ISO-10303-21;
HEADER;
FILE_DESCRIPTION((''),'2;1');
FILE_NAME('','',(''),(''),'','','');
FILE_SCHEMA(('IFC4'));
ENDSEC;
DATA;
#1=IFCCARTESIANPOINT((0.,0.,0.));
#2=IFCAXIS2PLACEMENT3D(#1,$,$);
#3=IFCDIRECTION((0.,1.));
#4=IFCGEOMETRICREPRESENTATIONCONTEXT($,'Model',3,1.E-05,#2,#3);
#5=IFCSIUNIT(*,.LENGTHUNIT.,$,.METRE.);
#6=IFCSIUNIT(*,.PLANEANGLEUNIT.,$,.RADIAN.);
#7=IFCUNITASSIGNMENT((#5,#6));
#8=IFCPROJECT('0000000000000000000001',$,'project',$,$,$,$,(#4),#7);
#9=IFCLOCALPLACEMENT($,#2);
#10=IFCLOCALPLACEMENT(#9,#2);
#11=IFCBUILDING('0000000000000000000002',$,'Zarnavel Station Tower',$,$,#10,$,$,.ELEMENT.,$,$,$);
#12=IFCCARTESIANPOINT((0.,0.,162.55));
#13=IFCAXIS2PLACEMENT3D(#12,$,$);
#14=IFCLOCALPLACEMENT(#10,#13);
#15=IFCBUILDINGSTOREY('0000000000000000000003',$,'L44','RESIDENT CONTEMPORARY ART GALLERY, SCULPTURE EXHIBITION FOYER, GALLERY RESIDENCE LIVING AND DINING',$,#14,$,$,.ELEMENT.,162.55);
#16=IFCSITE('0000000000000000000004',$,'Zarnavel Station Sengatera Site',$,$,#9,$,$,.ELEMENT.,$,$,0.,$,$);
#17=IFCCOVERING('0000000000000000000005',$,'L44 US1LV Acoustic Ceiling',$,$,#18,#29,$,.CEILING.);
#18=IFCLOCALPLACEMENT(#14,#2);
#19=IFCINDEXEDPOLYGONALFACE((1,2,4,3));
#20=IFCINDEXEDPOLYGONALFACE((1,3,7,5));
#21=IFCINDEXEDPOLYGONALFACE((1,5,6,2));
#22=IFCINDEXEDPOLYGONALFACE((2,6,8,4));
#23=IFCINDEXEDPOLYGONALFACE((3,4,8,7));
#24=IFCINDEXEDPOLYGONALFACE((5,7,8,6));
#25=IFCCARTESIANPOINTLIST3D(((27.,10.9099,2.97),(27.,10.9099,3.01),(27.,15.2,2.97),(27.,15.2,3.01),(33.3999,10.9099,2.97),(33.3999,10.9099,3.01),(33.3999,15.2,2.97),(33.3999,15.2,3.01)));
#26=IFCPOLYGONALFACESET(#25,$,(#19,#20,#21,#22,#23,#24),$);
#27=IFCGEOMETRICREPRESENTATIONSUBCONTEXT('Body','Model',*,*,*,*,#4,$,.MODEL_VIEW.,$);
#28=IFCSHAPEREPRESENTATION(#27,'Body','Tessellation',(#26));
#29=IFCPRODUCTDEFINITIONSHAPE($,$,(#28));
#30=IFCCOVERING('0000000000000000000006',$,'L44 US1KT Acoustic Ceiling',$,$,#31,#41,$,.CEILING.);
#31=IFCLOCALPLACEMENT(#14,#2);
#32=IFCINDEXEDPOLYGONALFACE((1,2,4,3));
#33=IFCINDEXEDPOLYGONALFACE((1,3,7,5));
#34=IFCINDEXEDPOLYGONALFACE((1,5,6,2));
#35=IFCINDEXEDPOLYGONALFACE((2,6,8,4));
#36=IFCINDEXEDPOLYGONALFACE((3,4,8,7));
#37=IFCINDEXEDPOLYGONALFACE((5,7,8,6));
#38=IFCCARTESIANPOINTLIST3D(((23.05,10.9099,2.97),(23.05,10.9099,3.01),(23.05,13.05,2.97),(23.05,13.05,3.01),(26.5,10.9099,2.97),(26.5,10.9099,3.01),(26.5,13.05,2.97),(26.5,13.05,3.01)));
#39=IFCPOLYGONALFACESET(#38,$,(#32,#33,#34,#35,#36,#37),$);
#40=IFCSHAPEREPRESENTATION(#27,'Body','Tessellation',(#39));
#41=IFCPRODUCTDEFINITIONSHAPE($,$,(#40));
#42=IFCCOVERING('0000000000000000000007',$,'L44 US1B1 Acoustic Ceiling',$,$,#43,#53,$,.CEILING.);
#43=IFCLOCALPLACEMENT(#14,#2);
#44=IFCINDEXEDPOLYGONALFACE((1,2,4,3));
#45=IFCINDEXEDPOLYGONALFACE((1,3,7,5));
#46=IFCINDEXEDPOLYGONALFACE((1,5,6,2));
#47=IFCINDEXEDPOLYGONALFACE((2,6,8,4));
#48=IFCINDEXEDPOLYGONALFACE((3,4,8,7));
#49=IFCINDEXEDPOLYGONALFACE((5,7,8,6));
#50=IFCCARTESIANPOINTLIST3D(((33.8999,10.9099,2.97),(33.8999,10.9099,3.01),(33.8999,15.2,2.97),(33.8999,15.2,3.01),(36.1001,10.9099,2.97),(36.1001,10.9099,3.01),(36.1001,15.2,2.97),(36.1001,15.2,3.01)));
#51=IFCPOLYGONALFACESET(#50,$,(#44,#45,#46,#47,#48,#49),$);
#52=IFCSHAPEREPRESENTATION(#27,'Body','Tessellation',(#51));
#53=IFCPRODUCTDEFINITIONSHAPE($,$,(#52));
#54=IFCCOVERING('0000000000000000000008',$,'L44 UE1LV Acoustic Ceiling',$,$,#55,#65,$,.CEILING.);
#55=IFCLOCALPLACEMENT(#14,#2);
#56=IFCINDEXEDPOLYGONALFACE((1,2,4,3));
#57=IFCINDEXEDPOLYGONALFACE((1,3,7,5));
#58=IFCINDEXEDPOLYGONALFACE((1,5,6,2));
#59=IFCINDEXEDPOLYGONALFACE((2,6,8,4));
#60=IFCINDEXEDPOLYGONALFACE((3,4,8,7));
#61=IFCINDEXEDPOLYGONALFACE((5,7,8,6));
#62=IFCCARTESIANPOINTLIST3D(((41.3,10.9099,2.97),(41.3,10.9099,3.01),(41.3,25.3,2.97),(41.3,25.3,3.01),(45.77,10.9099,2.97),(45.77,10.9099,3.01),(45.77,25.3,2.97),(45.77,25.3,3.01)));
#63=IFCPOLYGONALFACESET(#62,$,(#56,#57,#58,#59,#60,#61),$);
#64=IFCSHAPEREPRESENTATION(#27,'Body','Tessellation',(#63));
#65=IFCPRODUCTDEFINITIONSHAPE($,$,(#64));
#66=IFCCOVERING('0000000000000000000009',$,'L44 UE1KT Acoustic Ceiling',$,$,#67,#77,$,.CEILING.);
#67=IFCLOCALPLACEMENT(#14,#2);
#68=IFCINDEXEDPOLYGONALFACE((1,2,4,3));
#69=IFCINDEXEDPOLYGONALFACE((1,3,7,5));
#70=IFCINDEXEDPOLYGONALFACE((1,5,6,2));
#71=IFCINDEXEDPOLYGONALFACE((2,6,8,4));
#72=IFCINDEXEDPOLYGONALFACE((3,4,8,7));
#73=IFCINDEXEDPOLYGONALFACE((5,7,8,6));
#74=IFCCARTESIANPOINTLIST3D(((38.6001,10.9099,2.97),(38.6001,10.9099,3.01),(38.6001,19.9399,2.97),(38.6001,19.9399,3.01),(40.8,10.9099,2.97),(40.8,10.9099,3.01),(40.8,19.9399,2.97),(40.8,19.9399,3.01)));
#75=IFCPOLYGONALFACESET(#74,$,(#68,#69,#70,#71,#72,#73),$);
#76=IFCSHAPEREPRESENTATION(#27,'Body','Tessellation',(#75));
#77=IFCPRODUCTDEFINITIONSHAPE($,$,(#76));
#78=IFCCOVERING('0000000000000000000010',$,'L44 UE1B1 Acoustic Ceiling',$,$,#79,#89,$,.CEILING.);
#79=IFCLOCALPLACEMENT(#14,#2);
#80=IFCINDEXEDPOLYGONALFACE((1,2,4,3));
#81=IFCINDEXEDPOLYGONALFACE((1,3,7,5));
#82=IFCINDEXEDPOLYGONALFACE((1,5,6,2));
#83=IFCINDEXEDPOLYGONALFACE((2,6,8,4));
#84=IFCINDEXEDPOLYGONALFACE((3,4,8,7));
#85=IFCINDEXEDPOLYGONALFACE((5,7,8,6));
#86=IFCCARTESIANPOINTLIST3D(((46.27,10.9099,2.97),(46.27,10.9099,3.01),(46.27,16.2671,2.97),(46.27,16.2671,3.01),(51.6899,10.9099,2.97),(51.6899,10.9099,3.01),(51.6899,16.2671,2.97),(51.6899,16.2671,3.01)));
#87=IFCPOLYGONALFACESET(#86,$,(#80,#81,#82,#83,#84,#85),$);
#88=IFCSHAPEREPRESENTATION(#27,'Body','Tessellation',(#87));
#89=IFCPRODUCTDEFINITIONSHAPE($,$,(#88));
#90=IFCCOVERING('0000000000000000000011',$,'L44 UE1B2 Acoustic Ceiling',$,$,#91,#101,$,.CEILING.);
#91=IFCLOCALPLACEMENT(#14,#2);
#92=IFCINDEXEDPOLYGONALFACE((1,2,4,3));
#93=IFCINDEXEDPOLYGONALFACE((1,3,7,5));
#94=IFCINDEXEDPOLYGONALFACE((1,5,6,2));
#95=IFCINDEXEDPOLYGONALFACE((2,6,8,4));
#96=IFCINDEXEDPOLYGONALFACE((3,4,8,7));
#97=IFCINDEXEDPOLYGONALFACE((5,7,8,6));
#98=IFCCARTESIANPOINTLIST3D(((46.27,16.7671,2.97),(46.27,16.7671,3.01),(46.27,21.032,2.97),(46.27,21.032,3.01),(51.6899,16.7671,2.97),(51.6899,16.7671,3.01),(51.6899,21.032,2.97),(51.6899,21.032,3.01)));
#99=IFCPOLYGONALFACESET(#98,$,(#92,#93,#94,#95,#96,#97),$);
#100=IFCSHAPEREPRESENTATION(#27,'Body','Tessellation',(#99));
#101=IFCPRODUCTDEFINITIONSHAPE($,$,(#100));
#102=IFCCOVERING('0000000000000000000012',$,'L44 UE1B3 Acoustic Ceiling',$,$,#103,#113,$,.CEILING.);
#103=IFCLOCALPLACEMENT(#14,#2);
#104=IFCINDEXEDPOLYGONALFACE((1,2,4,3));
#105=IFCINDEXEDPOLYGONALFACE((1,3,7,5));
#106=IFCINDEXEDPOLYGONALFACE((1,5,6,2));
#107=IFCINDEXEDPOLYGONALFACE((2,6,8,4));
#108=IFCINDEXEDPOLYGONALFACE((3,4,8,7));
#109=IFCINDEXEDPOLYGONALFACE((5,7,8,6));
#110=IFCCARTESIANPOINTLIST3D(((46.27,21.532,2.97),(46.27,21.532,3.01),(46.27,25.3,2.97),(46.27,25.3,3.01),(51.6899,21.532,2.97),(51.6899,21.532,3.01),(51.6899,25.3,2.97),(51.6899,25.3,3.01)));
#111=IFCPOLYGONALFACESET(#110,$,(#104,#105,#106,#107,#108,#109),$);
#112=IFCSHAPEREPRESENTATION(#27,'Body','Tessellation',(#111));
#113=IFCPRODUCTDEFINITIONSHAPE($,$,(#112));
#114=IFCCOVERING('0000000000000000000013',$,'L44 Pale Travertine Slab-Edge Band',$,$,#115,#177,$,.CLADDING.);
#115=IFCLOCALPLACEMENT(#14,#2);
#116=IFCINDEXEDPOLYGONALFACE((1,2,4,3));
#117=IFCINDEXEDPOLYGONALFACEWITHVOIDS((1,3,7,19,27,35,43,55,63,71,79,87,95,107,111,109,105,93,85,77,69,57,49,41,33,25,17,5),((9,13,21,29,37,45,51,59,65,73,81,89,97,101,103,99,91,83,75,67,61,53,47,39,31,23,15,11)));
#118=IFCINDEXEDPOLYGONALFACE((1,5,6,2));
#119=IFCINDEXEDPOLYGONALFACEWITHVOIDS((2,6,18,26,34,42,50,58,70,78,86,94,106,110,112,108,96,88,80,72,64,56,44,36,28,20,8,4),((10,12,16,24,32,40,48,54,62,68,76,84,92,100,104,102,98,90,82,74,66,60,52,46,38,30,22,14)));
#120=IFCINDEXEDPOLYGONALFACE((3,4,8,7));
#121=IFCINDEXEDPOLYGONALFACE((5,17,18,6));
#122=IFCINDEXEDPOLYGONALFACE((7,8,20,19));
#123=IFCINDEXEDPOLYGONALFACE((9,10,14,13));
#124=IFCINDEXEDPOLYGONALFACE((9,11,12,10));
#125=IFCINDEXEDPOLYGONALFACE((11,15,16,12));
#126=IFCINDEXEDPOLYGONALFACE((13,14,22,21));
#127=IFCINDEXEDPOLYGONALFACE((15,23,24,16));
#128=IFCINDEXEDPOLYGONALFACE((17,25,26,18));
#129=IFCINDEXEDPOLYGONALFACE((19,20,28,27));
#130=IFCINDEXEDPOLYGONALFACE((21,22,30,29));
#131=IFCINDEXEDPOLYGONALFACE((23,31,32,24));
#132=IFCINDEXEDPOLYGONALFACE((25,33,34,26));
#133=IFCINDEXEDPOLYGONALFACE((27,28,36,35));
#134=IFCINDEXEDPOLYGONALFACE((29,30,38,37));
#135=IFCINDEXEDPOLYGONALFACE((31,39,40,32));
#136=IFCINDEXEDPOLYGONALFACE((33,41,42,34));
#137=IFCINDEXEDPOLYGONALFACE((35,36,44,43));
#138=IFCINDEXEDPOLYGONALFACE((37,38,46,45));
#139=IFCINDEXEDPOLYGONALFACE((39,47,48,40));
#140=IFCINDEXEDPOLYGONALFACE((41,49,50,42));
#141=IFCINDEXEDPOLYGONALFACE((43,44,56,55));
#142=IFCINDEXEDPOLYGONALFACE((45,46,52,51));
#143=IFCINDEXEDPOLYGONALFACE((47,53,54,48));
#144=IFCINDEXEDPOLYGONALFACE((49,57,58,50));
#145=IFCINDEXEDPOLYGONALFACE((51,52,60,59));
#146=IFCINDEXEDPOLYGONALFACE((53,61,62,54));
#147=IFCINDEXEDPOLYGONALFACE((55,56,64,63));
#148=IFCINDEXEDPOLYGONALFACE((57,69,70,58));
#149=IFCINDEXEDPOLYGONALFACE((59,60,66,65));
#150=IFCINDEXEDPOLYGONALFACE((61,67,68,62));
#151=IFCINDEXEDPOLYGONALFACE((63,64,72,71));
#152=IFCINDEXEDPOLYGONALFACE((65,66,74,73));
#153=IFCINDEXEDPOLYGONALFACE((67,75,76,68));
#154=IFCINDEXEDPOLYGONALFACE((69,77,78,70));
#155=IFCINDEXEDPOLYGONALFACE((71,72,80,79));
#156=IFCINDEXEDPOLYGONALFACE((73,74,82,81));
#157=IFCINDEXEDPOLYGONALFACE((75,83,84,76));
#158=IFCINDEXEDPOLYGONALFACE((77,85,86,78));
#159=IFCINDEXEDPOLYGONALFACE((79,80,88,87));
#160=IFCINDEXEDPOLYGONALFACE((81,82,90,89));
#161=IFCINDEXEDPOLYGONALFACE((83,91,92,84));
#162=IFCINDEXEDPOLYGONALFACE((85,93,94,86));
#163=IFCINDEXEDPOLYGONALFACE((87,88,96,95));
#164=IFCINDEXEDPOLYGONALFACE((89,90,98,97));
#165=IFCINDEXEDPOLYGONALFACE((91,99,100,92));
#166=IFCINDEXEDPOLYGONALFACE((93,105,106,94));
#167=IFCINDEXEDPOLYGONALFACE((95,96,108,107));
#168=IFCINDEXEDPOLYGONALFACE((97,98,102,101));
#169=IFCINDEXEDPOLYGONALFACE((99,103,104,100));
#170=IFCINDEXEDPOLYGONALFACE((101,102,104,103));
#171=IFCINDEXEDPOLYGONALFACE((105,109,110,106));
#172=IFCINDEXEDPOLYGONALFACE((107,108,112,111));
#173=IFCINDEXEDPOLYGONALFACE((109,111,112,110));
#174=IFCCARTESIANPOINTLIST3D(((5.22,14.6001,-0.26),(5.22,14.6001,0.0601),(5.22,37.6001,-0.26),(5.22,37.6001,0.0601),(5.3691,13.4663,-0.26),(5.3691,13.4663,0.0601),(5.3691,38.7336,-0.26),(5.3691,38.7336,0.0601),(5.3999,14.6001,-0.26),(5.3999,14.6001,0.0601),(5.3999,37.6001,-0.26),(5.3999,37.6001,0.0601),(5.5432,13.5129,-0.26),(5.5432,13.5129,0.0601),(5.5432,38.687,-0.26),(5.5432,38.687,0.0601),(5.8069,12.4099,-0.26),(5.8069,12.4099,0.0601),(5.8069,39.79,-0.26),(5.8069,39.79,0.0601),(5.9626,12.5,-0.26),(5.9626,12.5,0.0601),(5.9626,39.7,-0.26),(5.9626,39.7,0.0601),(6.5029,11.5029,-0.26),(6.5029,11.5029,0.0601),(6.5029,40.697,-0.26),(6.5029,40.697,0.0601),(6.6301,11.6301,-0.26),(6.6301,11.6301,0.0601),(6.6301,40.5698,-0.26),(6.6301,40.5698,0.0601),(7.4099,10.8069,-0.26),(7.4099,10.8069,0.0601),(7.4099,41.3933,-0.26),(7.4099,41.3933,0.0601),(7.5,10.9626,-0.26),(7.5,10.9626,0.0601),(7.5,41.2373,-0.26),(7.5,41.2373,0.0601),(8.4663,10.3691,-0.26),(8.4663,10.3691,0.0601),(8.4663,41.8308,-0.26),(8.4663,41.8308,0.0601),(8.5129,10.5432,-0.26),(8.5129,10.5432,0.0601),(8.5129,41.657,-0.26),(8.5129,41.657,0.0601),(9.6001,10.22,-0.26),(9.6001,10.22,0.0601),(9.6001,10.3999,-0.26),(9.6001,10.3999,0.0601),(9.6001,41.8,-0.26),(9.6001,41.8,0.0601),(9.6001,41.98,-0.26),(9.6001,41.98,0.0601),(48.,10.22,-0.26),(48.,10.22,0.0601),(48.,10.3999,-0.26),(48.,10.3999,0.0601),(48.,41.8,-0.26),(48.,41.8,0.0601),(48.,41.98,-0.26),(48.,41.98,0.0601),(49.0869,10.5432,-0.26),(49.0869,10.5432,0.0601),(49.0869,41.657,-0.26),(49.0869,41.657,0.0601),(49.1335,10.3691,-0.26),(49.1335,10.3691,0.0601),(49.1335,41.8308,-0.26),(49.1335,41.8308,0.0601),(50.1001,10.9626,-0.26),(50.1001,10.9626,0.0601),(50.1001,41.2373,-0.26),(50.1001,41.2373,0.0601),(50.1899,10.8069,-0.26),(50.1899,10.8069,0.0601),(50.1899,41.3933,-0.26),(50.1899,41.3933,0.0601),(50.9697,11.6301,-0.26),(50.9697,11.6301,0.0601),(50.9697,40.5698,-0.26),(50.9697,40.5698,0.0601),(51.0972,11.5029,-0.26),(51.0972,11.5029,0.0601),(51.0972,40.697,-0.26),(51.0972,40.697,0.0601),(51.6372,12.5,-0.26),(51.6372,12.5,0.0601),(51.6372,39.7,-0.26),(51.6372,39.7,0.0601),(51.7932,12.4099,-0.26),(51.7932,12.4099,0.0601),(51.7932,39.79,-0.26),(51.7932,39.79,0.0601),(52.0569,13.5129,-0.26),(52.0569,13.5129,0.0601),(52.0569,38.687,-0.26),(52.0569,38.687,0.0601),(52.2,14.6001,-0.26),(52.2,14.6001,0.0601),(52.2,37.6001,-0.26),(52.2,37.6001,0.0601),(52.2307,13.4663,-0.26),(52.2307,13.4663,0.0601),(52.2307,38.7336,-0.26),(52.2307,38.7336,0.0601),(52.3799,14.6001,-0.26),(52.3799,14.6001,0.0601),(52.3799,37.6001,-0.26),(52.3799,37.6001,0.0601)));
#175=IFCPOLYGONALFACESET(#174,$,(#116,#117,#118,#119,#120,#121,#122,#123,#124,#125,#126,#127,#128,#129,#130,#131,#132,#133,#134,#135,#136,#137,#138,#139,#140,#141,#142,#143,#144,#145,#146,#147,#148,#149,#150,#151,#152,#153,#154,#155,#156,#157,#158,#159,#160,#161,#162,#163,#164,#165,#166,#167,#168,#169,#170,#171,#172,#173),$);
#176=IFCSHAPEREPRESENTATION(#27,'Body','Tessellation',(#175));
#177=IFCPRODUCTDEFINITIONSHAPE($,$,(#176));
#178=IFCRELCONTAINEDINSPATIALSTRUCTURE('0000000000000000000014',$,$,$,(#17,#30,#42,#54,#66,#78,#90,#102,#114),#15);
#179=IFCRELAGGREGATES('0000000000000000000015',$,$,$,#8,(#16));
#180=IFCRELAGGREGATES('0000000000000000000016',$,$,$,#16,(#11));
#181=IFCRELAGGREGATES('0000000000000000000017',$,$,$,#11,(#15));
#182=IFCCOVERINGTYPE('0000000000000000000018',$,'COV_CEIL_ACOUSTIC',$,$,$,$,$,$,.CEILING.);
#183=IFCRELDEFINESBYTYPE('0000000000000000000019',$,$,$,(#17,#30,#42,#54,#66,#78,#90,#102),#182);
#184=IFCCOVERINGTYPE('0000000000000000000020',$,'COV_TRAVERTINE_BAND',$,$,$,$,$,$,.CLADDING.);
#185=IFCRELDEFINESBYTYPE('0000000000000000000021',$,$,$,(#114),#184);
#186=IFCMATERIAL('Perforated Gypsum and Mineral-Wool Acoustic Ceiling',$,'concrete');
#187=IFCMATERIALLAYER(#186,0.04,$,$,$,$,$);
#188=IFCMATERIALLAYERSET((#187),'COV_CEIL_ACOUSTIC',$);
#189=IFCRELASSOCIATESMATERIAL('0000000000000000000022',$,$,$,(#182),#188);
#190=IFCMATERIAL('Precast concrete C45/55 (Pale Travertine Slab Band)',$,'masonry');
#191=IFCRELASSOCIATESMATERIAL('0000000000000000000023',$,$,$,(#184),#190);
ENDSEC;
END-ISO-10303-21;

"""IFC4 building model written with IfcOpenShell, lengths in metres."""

from ifc_helpers import new_model, si_unit, direction, frame, origin, place, context, subcontext, project, spatial, polyline, outline, extrude, material, layer, layer_set, type_object, element, save


model = new_model("IFC4")

# Units and contexts
model_context = context("Model", 3, precision=1e-05, world=origin(), true_north=direction((0.0, 1.0)))
body_context = subcontext(model_context, "Body", "Model", "MODEL_VIEW")
ifc_project = project(units=[si_unit("LENGTHUNIT", "METRE"), si_unit("PLANEANGLEUNIT", "RADIAN")], contexts=[model_context])

# Site, building, storey
site_placement = place(None, origin())
site = spatial("IfcSite", under=ifc_project, at=site_placement, Name="Zarnavel Station Sengatera Site", CompositionType="ELEMENT", RefElevation=0.0)
building_placement = place(site_placement, origin())
building = spatial("IfcBuilding", under=site, at=building_placement, Name="Zarnavel Station Tower", CompositionType="ELEMENT")
storey_placement = place(building_placement, frame((0.0, 0.0, 162.55)))
storey = spatial("IfcBuildingStorey", under=building, at=storey_placement, Name="L44", Description="RESIDENT CONTEMPORARY ART GALLERY, SCULPTURE EXHIBITION FOYER, GALLERY RESIDENCE LIVING AND DINING", CompositionType="ELEMENT", Elevation=162.55)

# Coverings
ifc_material_1 = material(Name="Perforated Gypsum and Mineral-Wool Acoustic Ceiling", Category="concrete")
ifc_layer_1 = layer(ifc_material_1, 0.04)
ifc_layer_set_1 = layer_set([ifc_layer_1], Name="COV_CEIL_ACOUSTIC")
covering_type_1 = type_object("IfcCoveringType", Name="COV_CEIL_ACOUSTIC", PredefinedType="CEILING", material=ifc_layer_set_1)
covering_1_placement = place(storey_placement, frame((0.0, 0.0, 2.97)))
element("IfcCovering", 1, at=covering_1_placement, inside=storey, type_object=covering_type_1, Name="L44 US1LV Acoustic Ceiling", PredefinedType="CEILING", context=body_context, shape_type="SweptSolid", body=[
    extrude(outline(polyline([(27.0, 10.9099), (33.3999, 10.9099), (33.3999, 15.2), (27.0, 15.2), (27.0, 10.9099)])), origin(), (0.0, 0.0, 1.0), 0.04),
])
covering_2_placement = place(storey_placement, frame((0.0, 0.0, 2.97)))
element("IfcCovering", 2, at=covering_2_placement, inside=storey, type_object=covering_type_1, Name="L44 US1KT Acoustic Ceiling", PredefinedType="CEILING", context=body_context, shape_type="SweptSolid", body=[
    extrude(outline(polyline([(23.05, 10.9099), (26.5, 10.9099), (26.5, 13.05), (23.05, 13.05), (23.05, 10.9099)])), origin(), (0.0, 0.0, 1.0), 0.04),
])
covering_3_placement = place(storey_placement, frame((0.0, 0.0, 2.97)))
element("IfcCovering", 3, at=covering_3_placement, inside=storey, type_object=covering_type_1, Name="L44 US1B1 Acoustic Ceiling", PredefinedType="CEILING", context=body_context, shape_type="SweptSolid", body=[
    extrude(outline(polyline([(33.8999, 10.9099), (36.1001, 10.9099), (36.1001, 15.2), (33.8999, 15.2), (33.8999, 10.9099)])), origin(), (0.0, 0.0, 1.0), 0.04),
])
covering_4_placement = place(storey_placement, frame((0.0, 0.0, 2.97)))
element("IfcCovering", 4, at=covering_4_placement, inside=storey, type_object=covering_type_1, Name="L44 UE1LV Acoustic Ceiling", PredefinedType="CEILING", context=body_context, shape_type="SweptSolid", body=[
    extrude(outline(polyline([(41.3, 10.9099), (45.77, 10.9099), (45.77, 25.3), (41.3, 25.3), (41.3, 10.9099)])), origin(), (0.0, 0.0, 1.0), 0.04),
])
covering_5_placement = place(storey_placement, frame((0.0, 0.0, 2.97)))
element("IfcCovering", 5, at=covering_5_placement, inside=storey, type_object=covering_type_1, Name="L44 UE1KT Acoustic Ceiling", PredefinedType="CEILING", context=body_context, shape_type="SweptSolid", body=[
    extrude(outline(polyline([(38.6001, 10.9099), (40.8, 10.9099), (40.8, 19.9399), (38.6001, 19.9399), (38.6001, 10.9099)])), origin(), (0.0, 0.0, 1.0), 0.04),
])
covering_6_placement = place(storey_placement, frame((0.0, 0.0, 2.97)))
element("IfcCovering", 6, at=covering_6_placement, inside=storey, type_object=covering_type_1, Name="L44 UE1B1 Acoustic Ceiling", PredefinedType="CEILING", context=body_context, shape_type="SweptSolid", body=[
    extrude(outline(polyline([(46.27, 10.9099), (51.6899, 10.9099), (51.6899, 16.2671), (46.27, 16.2671), (46.27, 10.9099)])), origin(), (0.0, 0.0, 1.0), 0.04),
])
covering_7_placement = place(storey_placement, frame((0.0, 0.0, 2.97)))
element("IfcCovering", 7, at=covering_7_placement, inside=storey, type_object=covering_type_1, Name="L44 UE1B2 Acoustic Ceiling", PredefinedType="CEILING", context=body_context, shape_type="SweptSolid", body=[
    extrude(outline(polyline([(46.27, 16.7671), (51.6899, 16.7671), (51.6899, 21.032), (46.27, 21.032), (46.27, 16.7671)])), origin(), (0.0, 0.0, 1.0), 0.04),
])
covering_8_placement = place(storey_placement, frame((0.0, 0.0, 2.97)))
element("IfcCovering", 8, at=covering_8_placement, inside=storey, type_object=covering_type_1, Name="L44 UE1B3 Acoustic Ceiling", PredefinedType="CEILING", context=body_context, shape_type="SweptSolid", body=[
    extrude(outline(polyline([(46.27, 21.532), (51.6899, 21.532), (51.6899, 25.3), (46.27, 25.3), (46.27, 21.532)])), origin(), (0.0, 0.0, 1.0), 0.04),
])
ifc_material_2 = material(Name="Precast concrete C45/55 (Pale Travertine Slab Band)", Category="masonry")
covering_type_2 = type_object("IfcCoveringType", Name="COV_TRAVERTINE_BAND", PredefinedType="CLADDING", material=ifc_material_2)
covering_9_placement = place(storey_placement, frame((0.0, 0.0, -0.26)))
element("IfcCovering", 9, at=covering_9_placement, inside=storey, type_object=covering_type_2, Name="L44 Pale Travertine Slab-Edge Band", PredefinedType="CLADDING", context=body_context, shape_type="SweptSolid", body=[
    extrude(outline(polyline([(48.0, 10.22), (49.1335, 10.3691), (50.1899, 10.8069), (51.0972, 11.5029), (51.7932, 12.4099), (52.2307, 13.4663), (52.3799, 14.6001), (52.3799, 37.6001), (52.2307, 38.7336), (51.7932, 39.79), (51.0972, 40.697), (50.1899, 41.3933), (49.1335, 41.8308), (48.0, 41.98), (9.6001, 41.98), (8.4663, 41.8308), (7.4099, 41.3933), (6.5029, 40.697), (5.8069, 39.79), (5.3691, 38.7336), (5.22, 37.6001), (5.22, 14.6001), (5.3691, 13.4663), (5.8069, 12.4099), (6.5029, 11.5029), (7.4099, 10.8069), (8.4663, 10.3691), (9.6001, 10.22), (48.0, 10.22)]), holes=[polyline([(48.0, 10.3999), (49.0869, 10.5432), (50.1001, 10.9626), (50.9697, 11.6301), (51.6372, 12.5), (52.0569, 13.5129), (52.2, 14.6001), (52.2, 37.6001), (52.0569, 38.687), (51.6372, 39.7), (50.9697, 40.5698), (50.1001, 41.2373), (49.0869, 41.657), (48.0, 41.8), (9.6001, 41.8), (8.5129, 41.657), (7.5, 41.2373), (6.6301, 40.5698), (5.9626, 39.7), (5.5432, 38.687), (5.3999, 37.6001), (5.3999, 14.6001), (5.5432, 13.5129), (5.9626, 12.5), (6.6301, 11.6301), (7.5, 10.9626), (8.5129, 10.5432), (9.6001, 10.3999), (48.0, 10.3999)])]), origin(), (0.0, 0.0, 1.0), 0.3201),
])

save(model, "model.ifc")
